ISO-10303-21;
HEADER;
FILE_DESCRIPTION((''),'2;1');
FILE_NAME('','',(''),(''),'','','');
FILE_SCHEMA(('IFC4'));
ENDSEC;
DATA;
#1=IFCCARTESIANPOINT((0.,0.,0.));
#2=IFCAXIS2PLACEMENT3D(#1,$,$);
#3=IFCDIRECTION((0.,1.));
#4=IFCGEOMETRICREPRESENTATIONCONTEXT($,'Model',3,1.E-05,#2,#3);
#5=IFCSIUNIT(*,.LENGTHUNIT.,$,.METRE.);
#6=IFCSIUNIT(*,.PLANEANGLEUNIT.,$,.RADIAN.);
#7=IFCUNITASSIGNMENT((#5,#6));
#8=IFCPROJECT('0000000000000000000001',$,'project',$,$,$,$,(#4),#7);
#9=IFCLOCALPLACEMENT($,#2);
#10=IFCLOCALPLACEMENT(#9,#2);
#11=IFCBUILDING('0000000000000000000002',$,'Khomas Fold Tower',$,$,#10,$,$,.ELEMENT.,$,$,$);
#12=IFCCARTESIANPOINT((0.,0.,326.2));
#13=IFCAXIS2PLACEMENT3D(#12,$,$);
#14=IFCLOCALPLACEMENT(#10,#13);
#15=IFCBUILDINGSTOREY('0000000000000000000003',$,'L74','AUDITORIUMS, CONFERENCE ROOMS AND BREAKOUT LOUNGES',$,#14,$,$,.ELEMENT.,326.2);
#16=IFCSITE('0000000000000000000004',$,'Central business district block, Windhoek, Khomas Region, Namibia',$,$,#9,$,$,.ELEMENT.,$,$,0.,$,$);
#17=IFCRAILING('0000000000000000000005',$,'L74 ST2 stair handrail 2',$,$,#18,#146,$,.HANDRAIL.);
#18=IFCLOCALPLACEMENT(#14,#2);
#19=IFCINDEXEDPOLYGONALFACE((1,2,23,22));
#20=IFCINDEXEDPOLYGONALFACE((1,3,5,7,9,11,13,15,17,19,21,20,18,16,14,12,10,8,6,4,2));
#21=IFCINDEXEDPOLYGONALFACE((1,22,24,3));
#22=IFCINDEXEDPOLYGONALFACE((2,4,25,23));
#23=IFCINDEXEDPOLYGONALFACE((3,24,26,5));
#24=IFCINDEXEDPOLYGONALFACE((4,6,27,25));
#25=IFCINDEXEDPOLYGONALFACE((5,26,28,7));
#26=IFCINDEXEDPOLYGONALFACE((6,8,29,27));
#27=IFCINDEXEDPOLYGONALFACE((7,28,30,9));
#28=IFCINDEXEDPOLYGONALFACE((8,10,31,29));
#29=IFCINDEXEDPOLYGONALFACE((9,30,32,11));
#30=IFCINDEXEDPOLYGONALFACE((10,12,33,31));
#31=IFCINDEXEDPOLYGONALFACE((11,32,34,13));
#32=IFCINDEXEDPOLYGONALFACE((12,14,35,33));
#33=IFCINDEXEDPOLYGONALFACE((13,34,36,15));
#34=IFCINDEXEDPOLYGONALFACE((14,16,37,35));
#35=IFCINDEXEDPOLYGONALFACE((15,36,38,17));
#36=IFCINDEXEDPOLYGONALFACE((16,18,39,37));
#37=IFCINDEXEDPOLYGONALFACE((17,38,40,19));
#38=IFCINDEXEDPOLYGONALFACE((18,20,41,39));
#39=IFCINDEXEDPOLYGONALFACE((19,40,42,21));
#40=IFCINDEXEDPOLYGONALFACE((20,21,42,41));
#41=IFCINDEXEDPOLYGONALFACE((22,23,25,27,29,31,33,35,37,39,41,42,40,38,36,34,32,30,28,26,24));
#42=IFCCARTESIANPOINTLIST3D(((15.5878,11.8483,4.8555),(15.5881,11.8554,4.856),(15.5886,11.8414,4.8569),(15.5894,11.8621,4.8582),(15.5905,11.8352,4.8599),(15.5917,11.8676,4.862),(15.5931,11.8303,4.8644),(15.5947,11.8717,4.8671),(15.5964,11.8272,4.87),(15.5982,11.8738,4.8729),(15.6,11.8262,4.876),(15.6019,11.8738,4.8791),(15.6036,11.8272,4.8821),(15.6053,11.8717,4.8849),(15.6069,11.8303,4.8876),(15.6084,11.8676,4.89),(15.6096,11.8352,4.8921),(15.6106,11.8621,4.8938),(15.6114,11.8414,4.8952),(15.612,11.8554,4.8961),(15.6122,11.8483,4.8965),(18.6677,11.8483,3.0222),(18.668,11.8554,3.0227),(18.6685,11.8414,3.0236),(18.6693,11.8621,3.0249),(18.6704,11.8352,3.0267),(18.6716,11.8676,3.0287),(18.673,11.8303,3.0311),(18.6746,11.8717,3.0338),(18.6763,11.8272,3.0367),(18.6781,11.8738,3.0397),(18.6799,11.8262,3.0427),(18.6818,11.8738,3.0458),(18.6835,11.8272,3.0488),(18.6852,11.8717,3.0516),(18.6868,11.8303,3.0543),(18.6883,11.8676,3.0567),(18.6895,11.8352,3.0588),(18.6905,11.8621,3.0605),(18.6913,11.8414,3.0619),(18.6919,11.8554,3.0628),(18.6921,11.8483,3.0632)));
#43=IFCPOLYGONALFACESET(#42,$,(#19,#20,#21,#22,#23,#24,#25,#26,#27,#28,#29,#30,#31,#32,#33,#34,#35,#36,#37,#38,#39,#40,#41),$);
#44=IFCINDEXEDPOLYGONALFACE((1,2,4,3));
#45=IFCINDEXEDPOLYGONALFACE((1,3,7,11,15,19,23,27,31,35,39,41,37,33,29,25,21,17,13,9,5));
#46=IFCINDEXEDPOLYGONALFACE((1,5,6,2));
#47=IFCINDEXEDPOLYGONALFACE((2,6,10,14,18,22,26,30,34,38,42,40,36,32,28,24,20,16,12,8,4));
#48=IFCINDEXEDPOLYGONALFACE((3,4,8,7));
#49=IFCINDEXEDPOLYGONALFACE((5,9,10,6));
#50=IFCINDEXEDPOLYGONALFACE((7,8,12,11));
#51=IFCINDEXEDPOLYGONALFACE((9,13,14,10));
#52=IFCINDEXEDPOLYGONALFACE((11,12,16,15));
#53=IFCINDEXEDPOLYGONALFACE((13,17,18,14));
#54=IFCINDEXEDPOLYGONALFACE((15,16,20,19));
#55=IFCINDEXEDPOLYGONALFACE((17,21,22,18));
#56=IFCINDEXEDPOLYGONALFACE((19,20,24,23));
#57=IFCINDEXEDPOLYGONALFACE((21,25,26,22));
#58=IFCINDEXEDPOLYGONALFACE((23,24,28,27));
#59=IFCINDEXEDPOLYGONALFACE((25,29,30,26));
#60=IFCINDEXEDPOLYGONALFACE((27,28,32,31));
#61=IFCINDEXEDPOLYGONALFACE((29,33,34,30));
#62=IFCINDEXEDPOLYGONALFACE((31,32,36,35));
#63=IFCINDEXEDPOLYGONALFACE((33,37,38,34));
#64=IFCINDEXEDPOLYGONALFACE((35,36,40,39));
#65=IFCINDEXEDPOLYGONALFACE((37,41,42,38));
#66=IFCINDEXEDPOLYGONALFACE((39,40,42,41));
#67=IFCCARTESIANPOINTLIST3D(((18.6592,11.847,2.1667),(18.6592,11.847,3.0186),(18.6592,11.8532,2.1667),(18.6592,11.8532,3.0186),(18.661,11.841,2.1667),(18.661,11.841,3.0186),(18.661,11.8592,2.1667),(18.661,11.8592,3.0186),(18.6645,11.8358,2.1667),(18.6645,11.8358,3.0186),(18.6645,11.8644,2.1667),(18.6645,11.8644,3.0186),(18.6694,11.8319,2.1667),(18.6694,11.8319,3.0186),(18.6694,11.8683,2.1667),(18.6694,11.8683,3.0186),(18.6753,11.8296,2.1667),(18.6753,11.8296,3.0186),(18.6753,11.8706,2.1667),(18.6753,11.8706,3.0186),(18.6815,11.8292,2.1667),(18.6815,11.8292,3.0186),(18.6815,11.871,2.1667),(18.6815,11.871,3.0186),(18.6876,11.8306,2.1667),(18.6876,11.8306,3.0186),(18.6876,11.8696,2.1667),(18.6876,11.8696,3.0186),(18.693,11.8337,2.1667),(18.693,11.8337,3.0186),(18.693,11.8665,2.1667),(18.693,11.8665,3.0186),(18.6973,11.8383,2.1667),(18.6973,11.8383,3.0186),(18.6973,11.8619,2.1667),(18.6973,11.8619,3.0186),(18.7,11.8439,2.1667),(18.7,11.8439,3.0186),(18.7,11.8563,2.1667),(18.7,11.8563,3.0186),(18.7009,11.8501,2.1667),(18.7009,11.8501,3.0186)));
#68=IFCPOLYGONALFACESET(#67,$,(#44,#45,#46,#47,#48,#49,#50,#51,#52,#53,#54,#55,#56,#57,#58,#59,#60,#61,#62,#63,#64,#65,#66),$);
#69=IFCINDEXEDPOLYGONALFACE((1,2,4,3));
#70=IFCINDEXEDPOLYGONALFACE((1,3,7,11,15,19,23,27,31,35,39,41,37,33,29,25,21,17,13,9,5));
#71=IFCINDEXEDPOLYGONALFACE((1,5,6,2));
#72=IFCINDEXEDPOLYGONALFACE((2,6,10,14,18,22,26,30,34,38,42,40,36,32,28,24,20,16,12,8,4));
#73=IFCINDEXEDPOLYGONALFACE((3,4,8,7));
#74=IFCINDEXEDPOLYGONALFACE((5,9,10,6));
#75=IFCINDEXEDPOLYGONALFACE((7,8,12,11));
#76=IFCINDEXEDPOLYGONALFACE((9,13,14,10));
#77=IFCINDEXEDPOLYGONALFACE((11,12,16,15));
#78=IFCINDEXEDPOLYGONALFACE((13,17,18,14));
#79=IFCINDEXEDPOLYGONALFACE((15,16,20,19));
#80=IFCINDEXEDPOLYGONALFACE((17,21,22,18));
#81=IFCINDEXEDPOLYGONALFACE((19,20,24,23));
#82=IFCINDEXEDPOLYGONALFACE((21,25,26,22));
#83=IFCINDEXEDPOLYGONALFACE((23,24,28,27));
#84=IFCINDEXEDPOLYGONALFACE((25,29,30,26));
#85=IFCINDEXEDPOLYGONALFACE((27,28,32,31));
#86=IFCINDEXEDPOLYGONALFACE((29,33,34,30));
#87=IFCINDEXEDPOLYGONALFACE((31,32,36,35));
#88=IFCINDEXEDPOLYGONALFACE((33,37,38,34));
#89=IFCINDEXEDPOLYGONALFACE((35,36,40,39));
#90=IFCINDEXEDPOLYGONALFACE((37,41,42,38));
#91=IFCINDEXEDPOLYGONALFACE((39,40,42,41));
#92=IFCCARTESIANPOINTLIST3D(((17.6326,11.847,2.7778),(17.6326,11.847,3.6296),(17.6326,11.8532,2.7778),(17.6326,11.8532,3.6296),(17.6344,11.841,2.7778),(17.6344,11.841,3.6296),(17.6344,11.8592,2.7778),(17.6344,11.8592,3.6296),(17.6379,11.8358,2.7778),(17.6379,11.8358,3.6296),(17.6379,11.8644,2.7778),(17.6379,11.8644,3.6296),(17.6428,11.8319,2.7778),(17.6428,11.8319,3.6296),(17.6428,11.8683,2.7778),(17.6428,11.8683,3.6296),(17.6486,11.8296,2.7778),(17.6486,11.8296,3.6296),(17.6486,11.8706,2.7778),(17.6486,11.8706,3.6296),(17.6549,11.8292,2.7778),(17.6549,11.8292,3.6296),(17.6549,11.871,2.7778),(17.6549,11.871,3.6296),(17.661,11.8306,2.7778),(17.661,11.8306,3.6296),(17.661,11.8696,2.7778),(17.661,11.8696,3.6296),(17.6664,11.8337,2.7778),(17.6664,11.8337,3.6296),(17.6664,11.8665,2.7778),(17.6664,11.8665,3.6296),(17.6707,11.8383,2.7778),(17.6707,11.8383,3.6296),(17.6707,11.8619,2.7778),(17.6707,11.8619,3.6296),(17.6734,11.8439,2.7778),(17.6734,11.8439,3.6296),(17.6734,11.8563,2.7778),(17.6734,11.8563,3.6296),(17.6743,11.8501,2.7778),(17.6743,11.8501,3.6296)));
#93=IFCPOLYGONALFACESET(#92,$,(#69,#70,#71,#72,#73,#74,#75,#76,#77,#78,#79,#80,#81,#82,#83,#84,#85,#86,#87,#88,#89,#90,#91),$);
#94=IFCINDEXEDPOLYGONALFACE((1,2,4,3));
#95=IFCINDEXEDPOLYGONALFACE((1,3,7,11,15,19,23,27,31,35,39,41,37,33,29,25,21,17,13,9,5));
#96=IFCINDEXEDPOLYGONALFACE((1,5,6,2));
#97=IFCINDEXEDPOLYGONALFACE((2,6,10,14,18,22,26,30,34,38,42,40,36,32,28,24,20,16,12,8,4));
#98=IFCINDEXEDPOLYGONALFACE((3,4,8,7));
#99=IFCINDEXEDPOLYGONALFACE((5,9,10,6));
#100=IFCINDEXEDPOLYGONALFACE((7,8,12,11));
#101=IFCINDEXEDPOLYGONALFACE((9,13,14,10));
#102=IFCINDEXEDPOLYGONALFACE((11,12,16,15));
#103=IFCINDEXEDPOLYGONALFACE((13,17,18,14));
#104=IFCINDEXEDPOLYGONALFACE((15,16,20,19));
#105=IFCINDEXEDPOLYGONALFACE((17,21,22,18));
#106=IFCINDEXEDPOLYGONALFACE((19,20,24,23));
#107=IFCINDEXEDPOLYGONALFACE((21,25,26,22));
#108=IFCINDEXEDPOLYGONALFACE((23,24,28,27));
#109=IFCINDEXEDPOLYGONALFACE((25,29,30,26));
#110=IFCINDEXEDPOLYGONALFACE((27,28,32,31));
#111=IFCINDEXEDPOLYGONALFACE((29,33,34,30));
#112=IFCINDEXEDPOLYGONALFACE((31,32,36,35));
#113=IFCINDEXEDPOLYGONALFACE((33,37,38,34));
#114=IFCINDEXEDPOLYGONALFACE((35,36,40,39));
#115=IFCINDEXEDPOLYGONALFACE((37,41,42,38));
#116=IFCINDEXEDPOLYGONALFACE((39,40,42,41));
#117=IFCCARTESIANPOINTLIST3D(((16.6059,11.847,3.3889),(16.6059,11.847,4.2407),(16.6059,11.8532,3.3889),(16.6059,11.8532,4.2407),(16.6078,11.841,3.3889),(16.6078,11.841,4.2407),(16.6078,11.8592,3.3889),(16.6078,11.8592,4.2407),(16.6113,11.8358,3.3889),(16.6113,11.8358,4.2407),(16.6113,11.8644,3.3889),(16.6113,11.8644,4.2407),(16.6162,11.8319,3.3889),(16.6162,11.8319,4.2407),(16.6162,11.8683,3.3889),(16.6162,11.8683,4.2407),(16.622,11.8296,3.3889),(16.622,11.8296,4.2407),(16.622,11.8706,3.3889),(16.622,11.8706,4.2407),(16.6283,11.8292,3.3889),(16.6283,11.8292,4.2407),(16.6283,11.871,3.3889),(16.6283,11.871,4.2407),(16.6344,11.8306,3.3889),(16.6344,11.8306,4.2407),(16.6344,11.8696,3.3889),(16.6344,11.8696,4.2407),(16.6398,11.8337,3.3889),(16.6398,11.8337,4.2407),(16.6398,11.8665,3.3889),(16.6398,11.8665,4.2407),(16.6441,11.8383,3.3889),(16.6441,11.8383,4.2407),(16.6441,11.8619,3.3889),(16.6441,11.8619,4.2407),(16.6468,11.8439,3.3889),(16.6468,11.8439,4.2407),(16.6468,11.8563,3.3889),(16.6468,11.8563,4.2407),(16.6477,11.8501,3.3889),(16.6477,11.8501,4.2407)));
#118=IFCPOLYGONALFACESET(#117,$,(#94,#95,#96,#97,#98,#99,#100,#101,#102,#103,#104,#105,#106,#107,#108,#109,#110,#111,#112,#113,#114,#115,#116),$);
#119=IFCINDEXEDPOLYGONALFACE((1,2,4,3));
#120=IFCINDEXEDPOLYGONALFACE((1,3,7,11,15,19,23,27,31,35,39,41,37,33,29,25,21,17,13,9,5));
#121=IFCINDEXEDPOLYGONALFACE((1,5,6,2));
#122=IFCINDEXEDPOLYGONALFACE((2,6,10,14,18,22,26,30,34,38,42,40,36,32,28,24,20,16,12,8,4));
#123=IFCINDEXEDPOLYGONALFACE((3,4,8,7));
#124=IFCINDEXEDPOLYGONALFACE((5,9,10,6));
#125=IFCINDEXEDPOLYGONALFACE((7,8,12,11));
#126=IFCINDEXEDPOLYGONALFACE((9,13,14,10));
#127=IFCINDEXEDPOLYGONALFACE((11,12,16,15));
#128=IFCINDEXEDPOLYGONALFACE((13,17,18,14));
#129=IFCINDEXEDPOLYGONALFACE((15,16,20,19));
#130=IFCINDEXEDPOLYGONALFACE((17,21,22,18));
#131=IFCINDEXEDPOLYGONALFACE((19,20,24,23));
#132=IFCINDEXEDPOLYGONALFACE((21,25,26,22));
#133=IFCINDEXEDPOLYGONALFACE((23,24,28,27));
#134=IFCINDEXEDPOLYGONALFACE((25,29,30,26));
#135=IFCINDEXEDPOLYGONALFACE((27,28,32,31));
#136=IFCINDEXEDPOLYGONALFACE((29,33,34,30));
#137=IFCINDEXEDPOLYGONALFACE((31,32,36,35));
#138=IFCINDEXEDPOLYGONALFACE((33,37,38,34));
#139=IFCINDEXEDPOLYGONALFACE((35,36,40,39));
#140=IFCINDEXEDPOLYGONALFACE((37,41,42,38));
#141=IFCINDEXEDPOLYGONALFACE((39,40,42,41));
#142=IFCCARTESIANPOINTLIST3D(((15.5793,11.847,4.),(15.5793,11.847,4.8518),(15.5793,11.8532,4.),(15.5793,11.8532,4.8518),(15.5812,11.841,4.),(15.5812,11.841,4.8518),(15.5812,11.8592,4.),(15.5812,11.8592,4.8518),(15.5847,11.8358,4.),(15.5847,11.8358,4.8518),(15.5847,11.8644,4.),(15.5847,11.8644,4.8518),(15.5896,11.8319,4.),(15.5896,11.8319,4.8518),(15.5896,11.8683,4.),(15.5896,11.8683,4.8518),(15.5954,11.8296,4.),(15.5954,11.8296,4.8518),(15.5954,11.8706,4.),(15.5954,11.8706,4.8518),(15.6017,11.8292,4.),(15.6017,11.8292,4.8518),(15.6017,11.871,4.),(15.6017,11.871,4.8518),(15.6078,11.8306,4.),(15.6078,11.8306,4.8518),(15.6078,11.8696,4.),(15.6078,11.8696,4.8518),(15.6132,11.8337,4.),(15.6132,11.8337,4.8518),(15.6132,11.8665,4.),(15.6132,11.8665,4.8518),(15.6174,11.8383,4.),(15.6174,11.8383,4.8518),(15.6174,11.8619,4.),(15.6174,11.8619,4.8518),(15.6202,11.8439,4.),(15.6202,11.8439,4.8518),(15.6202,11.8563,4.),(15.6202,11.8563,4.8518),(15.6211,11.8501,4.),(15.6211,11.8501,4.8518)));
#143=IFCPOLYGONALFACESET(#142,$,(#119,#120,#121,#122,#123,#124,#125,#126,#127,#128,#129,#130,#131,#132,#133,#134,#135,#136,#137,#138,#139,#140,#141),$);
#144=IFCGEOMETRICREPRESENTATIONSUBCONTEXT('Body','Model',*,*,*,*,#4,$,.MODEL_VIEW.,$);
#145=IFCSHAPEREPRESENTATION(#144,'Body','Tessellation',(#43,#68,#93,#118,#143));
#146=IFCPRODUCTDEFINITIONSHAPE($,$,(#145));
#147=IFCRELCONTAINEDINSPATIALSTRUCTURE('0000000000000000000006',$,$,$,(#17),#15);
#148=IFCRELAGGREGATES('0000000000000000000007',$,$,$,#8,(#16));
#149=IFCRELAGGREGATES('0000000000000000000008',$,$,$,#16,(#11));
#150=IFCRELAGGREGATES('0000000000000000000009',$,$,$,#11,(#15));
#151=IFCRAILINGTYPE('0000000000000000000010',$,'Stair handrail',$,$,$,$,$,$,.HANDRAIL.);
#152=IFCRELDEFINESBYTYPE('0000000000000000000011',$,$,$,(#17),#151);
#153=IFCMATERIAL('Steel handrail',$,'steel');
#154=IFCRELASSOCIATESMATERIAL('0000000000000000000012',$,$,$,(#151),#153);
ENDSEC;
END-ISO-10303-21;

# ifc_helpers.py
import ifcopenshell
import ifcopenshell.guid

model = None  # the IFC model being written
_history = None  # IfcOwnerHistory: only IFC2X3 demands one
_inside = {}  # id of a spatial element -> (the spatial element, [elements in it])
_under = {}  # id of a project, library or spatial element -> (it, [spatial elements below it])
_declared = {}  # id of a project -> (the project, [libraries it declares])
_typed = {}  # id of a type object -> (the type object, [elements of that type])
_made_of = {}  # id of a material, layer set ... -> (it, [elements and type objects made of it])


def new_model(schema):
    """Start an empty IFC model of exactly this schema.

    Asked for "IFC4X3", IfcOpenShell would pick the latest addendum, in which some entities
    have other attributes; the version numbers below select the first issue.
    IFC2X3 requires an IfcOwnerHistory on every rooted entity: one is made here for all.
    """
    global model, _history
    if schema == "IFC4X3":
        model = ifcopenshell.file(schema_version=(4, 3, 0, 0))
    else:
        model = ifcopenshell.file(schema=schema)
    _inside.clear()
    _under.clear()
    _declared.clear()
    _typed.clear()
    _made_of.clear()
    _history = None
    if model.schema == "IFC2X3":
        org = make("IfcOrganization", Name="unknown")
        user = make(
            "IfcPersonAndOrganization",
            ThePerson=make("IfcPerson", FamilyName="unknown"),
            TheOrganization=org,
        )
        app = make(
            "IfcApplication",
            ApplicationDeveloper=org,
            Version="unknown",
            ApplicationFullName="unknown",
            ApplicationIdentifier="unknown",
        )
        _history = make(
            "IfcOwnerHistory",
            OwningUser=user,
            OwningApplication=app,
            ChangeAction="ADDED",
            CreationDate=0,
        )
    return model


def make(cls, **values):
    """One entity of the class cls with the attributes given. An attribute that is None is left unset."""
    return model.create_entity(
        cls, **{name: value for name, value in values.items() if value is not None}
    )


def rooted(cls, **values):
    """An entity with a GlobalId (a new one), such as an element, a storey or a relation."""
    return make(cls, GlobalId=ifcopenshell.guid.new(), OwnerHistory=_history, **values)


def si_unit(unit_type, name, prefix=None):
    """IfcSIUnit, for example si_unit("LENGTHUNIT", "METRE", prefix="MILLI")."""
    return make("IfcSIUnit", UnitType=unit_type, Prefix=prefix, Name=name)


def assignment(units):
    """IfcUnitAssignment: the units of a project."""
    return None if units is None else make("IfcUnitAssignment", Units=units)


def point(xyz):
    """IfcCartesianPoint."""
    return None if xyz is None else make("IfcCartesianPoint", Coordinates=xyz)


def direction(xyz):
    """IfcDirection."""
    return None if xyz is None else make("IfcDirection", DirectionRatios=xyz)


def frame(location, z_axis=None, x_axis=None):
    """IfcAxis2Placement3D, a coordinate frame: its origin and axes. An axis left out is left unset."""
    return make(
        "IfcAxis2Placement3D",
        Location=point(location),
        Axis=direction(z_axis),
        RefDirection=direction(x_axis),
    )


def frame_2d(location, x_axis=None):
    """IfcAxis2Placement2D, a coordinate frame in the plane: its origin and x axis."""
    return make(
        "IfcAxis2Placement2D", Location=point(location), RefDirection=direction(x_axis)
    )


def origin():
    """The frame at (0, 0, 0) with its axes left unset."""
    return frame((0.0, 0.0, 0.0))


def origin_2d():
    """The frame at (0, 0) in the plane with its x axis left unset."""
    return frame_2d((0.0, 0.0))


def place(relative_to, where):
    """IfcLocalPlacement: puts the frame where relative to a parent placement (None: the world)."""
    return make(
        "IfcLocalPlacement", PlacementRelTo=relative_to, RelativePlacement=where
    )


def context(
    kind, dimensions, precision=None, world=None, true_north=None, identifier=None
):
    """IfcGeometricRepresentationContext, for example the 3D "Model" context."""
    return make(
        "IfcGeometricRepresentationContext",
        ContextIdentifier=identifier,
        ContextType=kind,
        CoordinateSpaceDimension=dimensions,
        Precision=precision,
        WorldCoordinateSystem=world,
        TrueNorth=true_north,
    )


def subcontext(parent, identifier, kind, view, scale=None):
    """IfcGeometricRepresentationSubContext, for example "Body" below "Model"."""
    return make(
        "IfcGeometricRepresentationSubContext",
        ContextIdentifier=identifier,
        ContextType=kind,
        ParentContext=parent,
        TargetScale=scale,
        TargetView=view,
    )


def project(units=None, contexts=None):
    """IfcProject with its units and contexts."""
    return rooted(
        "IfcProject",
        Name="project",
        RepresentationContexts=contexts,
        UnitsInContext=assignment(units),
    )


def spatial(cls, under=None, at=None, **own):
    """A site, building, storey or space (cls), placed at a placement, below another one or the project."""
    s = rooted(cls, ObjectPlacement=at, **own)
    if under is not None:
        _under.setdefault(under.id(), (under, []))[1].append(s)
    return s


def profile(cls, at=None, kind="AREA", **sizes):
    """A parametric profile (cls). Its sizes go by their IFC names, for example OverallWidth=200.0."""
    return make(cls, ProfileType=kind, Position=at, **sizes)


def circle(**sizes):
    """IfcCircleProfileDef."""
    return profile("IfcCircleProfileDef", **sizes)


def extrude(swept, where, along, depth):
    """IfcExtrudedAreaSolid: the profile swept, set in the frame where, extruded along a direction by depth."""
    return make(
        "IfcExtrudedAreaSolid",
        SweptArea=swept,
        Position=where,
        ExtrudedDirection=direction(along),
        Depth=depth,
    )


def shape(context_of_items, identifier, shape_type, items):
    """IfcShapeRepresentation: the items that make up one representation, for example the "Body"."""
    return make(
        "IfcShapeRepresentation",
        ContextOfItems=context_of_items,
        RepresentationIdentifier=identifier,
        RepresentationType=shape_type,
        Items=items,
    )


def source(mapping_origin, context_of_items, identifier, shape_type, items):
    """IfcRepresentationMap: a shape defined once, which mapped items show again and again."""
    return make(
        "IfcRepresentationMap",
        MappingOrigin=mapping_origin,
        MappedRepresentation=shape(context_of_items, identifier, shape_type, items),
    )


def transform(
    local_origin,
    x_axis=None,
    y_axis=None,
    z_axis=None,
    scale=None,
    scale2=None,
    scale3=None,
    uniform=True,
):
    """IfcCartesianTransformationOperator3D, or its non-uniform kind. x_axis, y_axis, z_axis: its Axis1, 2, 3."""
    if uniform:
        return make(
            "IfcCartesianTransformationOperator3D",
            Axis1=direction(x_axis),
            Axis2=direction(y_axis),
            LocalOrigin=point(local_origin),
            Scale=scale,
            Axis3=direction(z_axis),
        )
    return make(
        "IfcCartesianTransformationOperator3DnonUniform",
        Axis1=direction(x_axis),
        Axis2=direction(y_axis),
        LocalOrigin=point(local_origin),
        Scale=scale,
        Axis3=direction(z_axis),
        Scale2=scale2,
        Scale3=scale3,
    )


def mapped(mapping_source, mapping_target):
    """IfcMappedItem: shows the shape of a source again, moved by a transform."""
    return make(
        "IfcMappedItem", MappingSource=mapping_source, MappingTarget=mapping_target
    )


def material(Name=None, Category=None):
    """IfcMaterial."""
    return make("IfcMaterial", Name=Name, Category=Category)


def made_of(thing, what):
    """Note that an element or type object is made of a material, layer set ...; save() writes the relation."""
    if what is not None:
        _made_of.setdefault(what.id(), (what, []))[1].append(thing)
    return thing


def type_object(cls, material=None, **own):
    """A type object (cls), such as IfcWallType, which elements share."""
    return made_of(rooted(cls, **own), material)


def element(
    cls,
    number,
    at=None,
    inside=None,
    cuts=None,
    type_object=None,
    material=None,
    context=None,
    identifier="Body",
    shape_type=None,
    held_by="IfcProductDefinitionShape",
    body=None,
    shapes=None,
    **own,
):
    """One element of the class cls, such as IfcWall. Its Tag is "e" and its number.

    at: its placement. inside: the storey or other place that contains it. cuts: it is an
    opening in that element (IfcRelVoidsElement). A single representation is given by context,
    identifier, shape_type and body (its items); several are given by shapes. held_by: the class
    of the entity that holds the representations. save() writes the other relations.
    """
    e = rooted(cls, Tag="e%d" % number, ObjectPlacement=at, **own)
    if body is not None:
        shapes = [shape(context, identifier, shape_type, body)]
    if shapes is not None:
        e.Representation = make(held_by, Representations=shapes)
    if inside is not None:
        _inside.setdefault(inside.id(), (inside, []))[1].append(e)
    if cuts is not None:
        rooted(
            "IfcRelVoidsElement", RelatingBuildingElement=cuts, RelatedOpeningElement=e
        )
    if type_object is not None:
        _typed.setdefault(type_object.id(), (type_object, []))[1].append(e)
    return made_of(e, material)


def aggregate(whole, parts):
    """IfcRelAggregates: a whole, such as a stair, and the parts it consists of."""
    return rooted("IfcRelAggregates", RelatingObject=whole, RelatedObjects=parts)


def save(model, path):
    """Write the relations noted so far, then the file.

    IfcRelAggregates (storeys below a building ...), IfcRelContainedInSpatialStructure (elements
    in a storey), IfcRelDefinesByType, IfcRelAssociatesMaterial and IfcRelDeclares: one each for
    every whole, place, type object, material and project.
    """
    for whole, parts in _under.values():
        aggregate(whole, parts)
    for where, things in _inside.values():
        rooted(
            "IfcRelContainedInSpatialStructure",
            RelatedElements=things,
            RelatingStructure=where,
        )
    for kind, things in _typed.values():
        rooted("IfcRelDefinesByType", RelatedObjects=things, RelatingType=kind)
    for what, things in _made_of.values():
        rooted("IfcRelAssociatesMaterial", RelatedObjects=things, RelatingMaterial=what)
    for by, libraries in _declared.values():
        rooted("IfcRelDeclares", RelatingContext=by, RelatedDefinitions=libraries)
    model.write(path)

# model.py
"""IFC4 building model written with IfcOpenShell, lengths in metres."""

from ifc_helpers import new_model, si_unit, direction, frame, origin, origin_2d, place, context, subcontext, project, spatial, circle, extrude, source, transform, mapped, material, type_object, element, save


model = new_model("IFC4")

# Units and contexts
model_context = context("Model", 3, precision=1e-05, world=origin(), true_north=direction((0.0, 1.0)))
body_context = subcontext(model_context, "Body", "Model", "MODEL_VIEW")
ifc_project = project(units=[si_unit("LENGTHUNIT", "METRE"), si_unit("PLANEANGLEUNIT", "RADIAN")], contexts=[model_context])

# Site, building, storey
site_placement = place(None, origin())
site = spatial("IfcSite", under=ifc_project, at=site_placement, Name="Central business district block, Windhoek, Khomas Region, Namibia", CompositionType="ELEMENT", RefElevation=0.0)
building_placement = place(site_placement, origin())
building = spatial("IfcBuilding", under=site, at=building_placement, Name="Khomas Fold Tower", CompositionType="ELEMENT")
storey_placement = place(building_placement, frame((0.0, 0.0, 326.2)))
storey = spatial("IfcBuildingStorey", under=building, at=storey_placement, Name="L74", Description="AUDITORIUMS, CONFERENCE ROOMS AND BREAKOUT LOUNGES", CompositionType="ELEMENT", Elevation=326.2)

# Railing
ifc_material_1 = material(Name="Steel handrail", Category="steel")
railing_type_1 = type_object("IfcRailingType", Name="Stair handrail", PredefinedType="HANDRAIL", material=ifc_material_1)
shared_shape_1 = source(origin(), body_context, "Body", "SweptSolid", [
    extrude(circle(Radius=0.0239, at=origin_2d()), frame((0.0, 0.0, 0.876), z_axis=(-0.859291, 0.0, 0.511487), x_axis=(0.0, -1.0, 0.0)), (0.0, 0.0, 1.0), 3.5842),
    extrude(circle(Radius=0.021, at=origin_2d()), origin(), (0.0, 0.0, 1.0), 0.8518),
    extrude(circle(Radius=0.021, at=origin_2d()), frame((-1.0266, 0.0, 0.6111)), (0.0, 0.0, 1.0), 0.8518),
    extrude(circle(Radius=0.021, at=origin_2d()), frame((-2.0532, 0.0, 1.2222)), (0.0, 0.0, 1.0), 0.8518),
    extrude(circle(Radius=0.021, at=origin_2d()), frame((-3.0798, 0.0, 1.8333)), (0.0, 0.0, 1.0), 0.8518),
])
railing_1_placement = place(storey_placement, frame((18.6799, 11.8501, 2.1667)))
element("IfcRailing", 1, at=railing_1_placement, inside=storey, type_object=railing_type_1, Name="L74 ST2 stair handrail 2", PredefinedType="HANDRAIL", context=body_context, shape_type="MappedRepresentation", body=[
    mapped(shared_shape_1, transform((0.0, 0.0, 0.0))),
])

save(model, "model.ifc")
